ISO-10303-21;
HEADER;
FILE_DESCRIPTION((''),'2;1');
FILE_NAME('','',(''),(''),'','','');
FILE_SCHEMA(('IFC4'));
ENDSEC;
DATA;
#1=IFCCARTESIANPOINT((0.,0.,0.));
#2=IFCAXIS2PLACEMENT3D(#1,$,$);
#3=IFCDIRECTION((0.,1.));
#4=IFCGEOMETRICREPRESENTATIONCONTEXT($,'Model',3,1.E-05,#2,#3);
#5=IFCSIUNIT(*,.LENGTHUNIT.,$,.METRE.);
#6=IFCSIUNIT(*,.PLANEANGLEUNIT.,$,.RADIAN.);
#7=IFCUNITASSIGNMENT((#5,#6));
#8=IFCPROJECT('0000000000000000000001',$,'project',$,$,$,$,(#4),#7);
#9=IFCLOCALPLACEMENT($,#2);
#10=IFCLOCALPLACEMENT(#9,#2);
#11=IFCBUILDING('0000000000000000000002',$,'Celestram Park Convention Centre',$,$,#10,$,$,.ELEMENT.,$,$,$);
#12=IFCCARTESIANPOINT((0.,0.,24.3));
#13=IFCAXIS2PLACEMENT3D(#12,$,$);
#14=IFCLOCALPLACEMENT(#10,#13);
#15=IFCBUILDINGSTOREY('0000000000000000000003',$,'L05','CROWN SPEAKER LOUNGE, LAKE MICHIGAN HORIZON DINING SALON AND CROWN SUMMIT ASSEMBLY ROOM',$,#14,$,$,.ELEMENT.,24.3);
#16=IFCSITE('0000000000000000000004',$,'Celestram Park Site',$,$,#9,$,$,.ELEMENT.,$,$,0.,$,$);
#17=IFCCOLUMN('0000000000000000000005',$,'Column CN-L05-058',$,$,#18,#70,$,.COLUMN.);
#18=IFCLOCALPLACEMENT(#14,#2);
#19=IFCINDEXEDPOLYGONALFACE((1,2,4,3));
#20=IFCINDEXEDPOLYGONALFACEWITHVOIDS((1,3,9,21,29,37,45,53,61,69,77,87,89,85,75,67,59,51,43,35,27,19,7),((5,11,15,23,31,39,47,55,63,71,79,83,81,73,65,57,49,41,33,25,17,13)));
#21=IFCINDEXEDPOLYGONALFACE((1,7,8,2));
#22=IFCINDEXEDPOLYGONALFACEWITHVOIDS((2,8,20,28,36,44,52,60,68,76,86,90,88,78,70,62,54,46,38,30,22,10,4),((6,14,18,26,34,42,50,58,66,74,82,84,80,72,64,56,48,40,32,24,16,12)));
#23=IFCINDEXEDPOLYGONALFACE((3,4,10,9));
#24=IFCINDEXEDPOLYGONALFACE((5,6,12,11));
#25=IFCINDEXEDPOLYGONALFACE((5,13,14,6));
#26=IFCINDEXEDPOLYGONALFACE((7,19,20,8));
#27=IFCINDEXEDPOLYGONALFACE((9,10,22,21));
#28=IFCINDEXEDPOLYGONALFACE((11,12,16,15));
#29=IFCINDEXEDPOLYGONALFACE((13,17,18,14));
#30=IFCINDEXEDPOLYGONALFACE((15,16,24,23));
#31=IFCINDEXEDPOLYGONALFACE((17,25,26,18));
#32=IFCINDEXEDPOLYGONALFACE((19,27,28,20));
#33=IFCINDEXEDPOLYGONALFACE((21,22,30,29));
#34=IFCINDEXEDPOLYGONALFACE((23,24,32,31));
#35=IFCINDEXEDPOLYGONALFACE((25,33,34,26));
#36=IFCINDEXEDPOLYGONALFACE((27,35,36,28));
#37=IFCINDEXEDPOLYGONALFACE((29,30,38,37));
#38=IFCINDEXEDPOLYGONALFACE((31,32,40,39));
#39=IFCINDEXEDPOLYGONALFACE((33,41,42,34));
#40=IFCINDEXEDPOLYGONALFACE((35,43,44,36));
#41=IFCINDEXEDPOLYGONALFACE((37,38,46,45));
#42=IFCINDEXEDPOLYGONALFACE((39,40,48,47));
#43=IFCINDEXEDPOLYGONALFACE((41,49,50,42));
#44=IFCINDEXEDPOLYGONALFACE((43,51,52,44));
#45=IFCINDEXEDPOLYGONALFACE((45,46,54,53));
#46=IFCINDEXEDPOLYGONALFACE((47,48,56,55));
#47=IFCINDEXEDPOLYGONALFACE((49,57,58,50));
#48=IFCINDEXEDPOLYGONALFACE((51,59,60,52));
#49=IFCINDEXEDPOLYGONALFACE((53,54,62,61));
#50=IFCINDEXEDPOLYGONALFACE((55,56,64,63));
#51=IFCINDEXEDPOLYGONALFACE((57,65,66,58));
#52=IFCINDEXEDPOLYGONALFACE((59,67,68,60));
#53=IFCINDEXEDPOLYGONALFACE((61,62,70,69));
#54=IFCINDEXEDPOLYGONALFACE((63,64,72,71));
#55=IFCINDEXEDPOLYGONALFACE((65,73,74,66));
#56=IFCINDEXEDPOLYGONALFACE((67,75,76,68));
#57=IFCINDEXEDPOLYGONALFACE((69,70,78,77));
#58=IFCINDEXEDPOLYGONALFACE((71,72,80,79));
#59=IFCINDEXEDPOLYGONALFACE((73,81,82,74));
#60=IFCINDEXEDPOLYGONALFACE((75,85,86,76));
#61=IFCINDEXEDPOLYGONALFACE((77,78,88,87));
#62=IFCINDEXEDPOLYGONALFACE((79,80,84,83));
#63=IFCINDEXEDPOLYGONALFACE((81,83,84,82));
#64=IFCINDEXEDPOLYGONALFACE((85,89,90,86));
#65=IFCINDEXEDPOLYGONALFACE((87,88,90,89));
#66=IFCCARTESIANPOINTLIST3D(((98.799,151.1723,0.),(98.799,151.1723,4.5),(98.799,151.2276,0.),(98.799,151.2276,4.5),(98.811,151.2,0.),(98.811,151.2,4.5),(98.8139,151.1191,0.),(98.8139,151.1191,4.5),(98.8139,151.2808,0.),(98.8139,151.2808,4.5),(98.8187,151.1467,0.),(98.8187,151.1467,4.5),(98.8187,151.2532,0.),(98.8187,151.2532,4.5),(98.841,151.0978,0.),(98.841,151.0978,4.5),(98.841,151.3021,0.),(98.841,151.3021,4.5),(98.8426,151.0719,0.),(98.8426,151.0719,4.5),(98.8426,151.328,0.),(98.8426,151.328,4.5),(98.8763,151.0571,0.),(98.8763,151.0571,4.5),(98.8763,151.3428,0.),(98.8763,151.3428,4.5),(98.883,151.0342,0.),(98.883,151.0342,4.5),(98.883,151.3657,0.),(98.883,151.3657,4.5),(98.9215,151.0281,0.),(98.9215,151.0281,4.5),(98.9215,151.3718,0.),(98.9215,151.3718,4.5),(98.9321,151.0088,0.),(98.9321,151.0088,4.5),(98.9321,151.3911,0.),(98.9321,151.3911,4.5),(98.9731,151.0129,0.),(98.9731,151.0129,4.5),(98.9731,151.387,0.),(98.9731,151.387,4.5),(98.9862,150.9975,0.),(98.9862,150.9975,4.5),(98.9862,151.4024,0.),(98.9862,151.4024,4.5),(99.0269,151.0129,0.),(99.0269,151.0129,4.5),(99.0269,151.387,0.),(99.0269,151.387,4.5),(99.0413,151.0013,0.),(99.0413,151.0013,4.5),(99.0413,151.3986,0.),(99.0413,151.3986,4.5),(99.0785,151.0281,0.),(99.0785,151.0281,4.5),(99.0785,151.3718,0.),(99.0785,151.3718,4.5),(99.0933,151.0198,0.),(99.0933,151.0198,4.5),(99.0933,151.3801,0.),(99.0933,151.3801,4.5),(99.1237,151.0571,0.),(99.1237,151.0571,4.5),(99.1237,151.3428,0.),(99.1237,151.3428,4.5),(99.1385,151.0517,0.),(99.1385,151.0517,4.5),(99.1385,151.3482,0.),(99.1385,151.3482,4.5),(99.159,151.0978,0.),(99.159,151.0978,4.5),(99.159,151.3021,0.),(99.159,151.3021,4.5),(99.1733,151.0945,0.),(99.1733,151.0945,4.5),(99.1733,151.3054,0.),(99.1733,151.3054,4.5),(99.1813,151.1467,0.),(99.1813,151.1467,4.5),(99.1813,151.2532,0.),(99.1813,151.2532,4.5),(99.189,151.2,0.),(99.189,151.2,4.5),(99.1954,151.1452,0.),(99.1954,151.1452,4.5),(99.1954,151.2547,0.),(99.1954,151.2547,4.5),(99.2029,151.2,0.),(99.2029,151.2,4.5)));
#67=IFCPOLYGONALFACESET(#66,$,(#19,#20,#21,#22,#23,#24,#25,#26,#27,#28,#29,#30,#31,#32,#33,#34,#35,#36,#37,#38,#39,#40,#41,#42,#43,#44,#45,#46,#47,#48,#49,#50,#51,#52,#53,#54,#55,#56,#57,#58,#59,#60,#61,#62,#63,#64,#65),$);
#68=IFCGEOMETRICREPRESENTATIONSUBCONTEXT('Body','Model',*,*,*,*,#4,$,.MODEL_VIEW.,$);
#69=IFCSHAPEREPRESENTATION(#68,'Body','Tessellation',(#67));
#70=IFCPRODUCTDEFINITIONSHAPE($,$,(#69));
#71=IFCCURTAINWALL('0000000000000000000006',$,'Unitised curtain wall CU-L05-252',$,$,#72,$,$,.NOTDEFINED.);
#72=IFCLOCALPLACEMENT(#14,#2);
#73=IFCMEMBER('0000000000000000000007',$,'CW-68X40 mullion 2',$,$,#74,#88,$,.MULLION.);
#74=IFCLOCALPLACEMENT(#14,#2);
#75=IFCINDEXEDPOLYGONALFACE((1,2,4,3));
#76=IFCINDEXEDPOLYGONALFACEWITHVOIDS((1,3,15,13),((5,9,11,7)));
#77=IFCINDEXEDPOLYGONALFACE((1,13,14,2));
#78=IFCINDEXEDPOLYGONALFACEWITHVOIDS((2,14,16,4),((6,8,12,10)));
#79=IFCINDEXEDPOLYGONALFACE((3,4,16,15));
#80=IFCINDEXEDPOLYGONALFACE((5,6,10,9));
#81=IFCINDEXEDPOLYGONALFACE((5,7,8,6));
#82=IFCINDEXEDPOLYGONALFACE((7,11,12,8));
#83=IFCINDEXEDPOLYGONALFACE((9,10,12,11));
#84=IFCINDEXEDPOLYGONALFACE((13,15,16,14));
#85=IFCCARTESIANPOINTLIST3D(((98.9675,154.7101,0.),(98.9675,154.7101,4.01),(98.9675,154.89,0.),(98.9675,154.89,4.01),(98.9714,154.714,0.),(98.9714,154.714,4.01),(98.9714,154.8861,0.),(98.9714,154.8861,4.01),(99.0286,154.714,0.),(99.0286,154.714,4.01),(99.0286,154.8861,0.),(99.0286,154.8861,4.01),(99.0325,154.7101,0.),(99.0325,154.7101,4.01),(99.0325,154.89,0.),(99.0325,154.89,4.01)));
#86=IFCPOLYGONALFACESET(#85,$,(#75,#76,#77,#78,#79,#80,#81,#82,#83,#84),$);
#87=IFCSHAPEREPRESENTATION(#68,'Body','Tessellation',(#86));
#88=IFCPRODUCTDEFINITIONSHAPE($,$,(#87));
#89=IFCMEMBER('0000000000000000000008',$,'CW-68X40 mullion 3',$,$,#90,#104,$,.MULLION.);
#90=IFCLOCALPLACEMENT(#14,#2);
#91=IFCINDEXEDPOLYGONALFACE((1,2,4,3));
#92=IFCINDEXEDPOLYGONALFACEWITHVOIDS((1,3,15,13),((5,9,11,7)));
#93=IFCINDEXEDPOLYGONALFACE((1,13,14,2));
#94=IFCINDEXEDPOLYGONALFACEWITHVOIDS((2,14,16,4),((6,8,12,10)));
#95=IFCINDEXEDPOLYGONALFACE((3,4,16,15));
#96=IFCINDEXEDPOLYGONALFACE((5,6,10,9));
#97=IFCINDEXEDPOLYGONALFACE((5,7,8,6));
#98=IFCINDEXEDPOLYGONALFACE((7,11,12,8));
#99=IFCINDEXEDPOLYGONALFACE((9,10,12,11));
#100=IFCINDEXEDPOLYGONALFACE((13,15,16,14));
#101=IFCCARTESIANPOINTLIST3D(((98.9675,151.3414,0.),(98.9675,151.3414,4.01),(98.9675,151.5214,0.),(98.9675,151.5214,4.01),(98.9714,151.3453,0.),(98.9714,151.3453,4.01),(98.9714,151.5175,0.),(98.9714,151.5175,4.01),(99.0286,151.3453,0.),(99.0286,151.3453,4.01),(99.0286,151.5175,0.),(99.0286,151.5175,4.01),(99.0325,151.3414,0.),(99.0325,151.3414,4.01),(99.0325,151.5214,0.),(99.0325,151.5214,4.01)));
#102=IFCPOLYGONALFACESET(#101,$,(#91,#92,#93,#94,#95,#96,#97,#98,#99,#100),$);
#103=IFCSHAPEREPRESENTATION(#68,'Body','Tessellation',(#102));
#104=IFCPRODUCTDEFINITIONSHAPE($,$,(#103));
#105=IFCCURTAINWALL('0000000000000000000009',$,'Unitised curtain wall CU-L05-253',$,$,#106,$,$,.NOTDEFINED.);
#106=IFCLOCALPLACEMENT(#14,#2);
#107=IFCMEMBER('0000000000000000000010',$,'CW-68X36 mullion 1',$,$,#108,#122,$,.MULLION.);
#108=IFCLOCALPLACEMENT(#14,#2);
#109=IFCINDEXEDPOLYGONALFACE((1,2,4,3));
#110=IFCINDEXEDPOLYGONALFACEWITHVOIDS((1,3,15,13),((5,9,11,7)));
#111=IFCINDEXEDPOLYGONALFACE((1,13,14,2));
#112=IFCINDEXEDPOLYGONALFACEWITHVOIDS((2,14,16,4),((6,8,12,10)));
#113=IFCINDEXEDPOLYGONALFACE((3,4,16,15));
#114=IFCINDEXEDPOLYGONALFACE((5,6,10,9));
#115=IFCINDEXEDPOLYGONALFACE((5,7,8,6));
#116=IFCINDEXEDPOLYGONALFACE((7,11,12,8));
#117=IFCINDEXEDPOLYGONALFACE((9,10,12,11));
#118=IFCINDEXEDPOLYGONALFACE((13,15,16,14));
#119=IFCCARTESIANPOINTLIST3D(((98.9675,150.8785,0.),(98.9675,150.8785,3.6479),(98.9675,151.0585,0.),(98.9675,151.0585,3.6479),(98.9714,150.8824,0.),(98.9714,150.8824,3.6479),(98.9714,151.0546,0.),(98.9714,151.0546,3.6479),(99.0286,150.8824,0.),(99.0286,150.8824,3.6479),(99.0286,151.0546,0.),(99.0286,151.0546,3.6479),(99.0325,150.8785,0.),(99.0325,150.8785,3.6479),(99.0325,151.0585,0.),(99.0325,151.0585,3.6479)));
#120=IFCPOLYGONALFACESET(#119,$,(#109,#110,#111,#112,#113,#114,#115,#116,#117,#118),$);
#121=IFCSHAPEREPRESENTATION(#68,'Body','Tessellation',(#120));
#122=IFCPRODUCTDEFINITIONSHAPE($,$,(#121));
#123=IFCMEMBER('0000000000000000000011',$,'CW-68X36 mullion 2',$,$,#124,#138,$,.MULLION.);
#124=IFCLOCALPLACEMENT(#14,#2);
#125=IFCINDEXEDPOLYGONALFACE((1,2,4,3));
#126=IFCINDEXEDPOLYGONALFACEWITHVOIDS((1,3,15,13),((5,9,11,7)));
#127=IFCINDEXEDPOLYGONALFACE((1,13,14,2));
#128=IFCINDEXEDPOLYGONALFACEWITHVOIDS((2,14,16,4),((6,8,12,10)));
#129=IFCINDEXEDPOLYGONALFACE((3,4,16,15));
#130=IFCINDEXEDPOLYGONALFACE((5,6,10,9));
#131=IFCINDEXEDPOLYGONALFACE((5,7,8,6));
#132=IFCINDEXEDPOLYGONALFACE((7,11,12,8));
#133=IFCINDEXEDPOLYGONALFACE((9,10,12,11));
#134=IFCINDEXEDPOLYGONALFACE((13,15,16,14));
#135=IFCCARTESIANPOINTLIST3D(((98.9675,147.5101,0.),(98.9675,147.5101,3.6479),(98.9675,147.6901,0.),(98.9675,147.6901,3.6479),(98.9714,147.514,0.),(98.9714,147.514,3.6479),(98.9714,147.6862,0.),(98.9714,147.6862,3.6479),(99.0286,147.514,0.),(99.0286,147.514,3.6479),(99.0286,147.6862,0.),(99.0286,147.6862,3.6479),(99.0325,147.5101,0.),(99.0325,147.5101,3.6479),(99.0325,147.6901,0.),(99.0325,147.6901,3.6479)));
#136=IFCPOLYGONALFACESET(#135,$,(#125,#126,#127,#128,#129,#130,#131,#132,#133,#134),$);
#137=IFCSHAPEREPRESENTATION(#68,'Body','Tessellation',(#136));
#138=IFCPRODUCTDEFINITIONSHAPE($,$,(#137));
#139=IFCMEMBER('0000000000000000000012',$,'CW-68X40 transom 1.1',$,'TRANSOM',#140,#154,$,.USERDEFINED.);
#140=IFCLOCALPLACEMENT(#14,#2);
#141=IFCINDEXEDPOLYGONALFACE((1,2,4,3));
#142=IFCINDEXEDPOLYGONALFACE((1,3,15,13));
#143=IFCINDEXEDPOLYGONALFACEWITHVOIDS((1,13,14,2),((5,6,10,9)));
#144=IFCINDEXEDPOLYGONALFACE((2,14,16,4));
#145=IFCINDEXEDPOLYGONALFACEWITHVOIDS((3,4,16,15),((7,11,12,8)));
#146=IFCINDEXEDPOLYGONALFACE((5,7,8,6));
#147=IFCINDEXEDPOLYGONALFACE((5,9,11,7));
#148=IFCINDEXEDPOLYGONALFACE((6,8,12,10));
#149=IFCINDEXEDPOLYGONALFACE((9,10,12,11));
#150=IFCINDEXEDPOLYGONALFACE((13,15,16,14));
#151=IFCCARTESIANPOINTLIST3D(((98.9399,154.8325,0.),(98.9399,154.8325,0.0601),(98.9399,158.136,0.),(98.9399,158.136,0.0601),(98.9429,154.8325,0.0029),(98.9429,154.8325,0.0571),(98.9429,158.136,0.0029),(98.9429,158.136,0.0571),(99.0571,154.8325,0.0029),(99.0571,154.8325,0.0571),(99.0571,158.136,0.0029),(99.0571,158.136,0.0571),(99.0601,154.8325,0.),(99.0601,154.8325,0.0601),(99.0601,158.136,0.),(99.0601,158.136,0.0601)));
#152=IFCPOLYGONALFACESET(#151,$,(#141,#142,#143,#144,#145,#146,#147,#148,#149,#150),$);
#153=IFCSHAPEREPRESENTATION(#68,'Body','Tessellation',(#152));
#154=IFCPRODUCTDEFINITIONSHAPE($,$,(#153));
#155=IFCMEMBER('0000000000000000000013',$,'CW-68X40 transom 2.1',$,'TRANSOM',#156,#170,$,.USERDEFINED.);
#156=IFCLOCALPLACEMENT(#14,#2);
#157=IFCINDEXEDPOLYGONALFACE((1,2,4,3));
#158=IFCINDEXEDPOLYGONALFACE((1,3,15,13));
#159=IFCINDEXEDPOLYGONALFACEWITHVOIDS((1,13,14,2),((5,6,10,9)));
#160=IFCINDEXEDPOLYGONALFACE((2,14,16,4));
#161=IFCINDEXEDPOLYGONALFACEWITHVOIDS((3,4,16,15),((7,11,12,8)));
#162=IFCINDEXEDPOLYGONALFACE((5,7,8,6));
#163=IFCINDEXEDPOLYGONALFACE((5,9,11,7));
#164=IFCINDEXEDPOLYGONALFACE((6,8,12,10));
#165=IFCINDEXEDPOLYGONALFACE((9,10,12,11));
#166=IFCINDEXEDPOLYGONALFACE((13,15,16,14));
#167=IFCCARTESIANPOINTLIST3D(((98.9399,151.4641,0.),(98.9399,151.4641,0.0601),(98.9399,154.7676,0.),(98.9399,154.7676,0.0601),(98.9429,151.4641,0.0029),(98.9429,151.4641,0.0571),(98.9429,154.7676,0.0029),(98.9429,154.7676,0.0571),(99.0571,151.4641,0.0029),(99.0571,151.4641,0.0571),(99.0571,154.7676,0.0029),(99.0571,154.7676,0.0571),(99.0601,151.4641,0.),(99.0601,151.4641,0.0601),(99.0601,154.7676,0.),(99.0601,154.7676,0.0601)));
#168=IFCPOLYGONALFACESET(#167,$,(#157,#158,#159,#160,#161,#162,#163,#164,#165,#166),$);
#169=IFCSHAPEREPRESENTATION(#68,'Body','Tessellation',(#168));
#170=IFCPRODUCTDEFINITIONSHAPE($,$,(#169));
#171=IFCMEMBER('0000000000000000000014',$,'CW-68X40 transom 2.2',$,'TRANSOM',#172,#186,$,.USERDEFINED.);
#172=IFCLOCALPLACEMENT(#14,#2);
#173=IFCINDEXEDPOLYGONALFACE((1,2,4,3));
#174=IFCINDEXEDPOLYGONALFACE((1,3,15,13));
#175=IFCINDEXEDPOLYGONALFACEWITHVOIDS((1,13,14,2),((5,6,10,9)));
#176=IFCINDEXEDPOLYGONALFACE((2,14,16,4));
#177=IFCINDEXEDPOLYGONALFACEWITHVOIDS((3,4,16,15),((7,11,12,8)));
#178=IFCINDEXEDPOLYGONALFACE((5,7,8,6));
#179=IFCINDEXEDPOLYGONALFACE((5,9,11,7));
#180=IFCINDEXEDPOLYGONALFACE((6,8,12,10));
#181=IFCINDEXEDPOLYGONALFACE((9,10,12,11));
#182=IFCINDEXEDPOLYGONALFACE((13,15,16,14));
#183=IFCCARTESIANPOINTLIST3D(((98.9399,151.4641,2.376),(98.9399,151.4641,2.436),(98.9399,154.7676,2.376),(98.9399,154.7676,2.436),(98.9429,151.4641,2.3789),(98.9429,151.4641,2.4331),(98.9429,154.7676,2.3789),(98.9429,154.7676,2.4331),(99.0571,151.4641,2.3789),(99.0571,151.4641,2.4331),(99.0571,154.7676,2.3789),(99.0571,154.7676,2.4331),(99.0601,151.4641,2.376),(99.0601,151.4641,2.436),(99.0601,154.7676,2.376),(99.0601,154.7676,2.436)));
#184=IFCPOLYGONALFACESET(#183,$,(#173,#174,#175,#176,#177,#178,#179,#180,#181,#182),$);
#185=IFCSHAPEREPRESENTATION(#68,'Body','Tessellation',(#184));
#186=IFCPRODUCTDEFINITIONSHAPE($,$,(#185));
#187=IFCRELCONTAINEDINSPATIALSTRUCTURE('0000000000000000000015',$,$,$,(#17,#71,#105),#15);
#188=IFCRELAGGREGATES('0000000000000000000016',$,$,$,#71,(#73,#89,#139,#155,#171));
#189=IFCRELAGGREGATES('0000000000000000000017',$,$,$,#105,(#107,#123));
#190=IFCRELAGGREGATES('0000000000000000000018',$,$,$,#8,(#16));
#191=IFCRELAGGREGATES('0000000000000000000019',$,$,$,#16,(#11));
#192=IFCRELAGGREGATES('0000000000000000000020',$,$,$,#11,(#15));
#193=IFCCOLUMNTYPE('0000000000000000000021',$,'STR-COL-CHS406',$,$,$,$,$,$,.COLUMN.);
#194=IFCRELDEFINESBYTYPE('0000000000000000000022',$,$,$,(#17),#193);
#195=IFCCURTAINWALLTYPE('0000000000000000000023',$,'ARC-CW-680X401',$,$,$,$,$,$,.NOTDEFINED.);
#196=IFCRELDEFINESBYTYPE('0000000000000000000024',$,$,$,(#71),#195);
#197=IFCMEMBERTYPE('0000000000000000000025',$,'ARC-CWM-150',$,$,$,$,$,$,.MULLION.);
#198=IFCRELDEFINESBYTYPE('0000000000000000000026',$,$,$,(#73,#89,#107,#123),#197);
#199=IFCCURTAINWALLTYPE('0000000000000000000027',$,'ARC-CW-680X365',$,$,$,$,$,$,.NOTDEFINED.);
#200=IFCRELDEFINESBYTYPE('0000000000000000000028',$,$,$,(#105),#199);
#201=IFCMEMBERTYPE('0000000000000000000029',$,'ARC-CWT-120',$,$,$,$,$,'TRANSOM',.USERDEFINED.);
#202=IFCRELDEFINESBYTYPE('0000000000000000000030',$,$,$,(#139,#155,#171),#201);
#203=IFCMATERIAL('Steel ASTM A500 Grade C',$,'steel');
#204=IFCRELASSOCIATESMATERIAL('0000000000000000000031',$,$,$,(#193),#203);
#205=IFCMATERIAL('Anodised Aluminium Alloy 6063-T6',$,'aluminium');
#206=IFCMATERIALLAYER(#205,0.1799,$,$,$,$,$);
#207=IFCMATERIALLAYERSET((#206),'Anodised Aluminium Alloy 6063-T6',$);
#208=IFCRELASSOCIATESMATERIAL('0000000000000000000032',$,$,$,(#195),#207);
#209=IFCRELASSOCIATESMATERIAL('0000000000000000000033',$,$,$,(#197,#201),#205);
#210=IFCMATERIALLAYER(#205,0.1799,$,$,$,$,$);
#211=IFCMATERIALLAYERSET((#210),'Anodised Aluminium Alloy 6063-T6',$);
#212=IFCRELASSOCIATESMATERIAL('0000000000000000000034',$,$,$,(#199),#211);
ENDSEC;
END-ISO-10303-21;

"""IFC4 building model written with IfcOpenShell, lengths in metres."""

from ifc_helpers import new_model, si_unit, direction, frame, origin, origin_2d, place, context, subcontext, project, spatial, hollow_rectangle, hollow_circle, extrude, material, layer, layer_set, material_profile, profile_set, type_object, element, aggregate, save


model = new_model("IFC4")

# Units and contexts
model_context = context("Model", 3, precision=1e-05, world=origin(), true_north=direction((0.0, 1.0)))
body_context = subcontext(model_context, "Body", "Model", "MODEL_VIEW")
ifc_project = project(units=[si_unit("LENGTHUNIT", "METRE"), si_unit("PLANEANGLEUNIT", "RADIAN")], contexts=[model_context])

# Site, building, storey
site_placement = place(None, origin())
site = spatial("IfcSite", under=ifc_project, at=site_placement, Name="Celestram Park Site", CompositionType="ELEMENT", RefElevation=0.0)
building_placement = place(site_placement, origin())
building = spatial("IfcBuilding", under=site, at=building_placement, Name="Celestram Park Convention Centre", CompositionType="ELEMENT")
storey_placement = place(building_placement, frame((0.0, 0.0, 24.3)))
storey = spatial("IfcBuildingStorey", under=building, at=storey_placement, Name="L05", Description="CROWN SPEAKER LOUNGE, LAKE MICHIGAN HORIZON DINING SALON AND CROWN SUMMIT ASSEMBLY ROOM", CompositionType="ELEMENT", Elevation=24.3)

# Column
ifc_material_1 = material(Name="Steel ASTM A500 Grade C", Category="steel")
ifc_material_profile_1 = material_profile(ifc_material_1, hollow_circle(Radius=0.2029, WallThickness=0.0139, at=origin_2d()), Name="CHS406X14")
ifc_profile_set_1 = profile_set([ifc_material_profile_1], Name="Steel ASTM A500 Grade C")
column_type = type_object("IfcColumnType", Name="STR-COL-CHS406", PredefinedType="COLUMN", material=ifc_profile_set_1)
column_placement = place(storey_placement, frame((99.0, 151.2, 0.0), z_axis=(0.0, 0.0, 1.0), x_axis=(1.0, 0.0, 0.0)))
element("IfcColumn", 1, at=column_placement, inside=storey, type_object=column_type, Name="Column CN-L05-058", PredefinedType="COLUMN", context=body_context, shape_type="SweptSolid", body=[
    extrude(hollow_circle(Radius=0.2029, WallThickness=0.0139, at=origin_2d()), origin(), (0.0, 0.0, 1.0), 4.5),
])

# Curtain walls, members
ifc_material_2 = material(Name="Anodised Aluminium Alloy 6063-T6", Category="aluminium")
ifc_layer_1 = layer(ifc_material_2, 0.1799)
ifc_layer_set_1 = layer_set([ifc_layer_1], Name="Anodised Aluminium Alloy 6063-T6")
curtain_wall_type_1 = type_object("IfcCurtainWallType", Name="ARC-CW-680X401", PredefinedType="NOTDEFINED", material=ifc_layer_set_1)
curtain_wall_1_placement = place(storey_placement, origin())
curtain_wall_1 = element("IfcCurtainWall", 2, at=curtain_wall_1_placement, inside=storey, type_object=curtain_wall_type_1, Name="Unitised curtain wall CU-L05-252", PredefinedType="NOTDEFINED")
ifc_material_profile_2 = material_profile(ifc_material_2, hollow_rectangle(XDim=0.0649, YDim=0.1799, WallThickness=0.0039, at=origin_2d()), Name="ALU65X180X4")
ifc_profile_set_2 = profile_set([ifc_material_profile_2], Name="Anodised Aluminium Alloy 6063-T6")
member_type_1 = type_object("IfcMemberType", Name="ARC-CWM-150", PredefinedType="MULLION", material=ifc_profile_set_2)
member_1_placement = place(storey_placement, frame((99.0, 154.8, 0.0), z_axis=(0.0, 0.0, 1.0), x_axis=(1.0, 0.0, 0.0)))
member_1 = element("IfcMember", 3, at=member_1_placement, type_object=member_type_1, Name="CW-68X40 mullion 2", PredefinedType="MULLION", context=body_context, shape_type="SweptSolid", body=[
    extrude(hollow_rectangle(XDim=0.0649, YDim=0.1799, WallThickness=0.0039, at=origin_2d()), origin(), (0.0, 0.0, 1.0), 4.01),
])
member_2_placement = place(storey_placement, frame((99.0, 151.4314, 0.0), z_axis=(0.0, 0.0, 1.0), x_axis=(1.0, 0.0, 0.0)))
member_2 = element("IfcMember", 4, at=member_2_placement, type_object=member_type_1, Name="CW-68X40 mullion 3", PredefinedType="MULLION", context=body_context, shape_type="SweptSolid", body=[
    extrude(hollow_rectangle(XDim=0.0649, YDim=0.1799, WallThickness=0.0039, at=origin_2d()), origin(), (0.0, 0.0, 1.0), 4.01),
])
ifc_layer_2 = layer(ifc_material_2, 0.1799)
ifc_layer_set_2 = layer_set([ifc_layer_2], Name="Anodised Aluminium Alloy 6063-T6")
curtain_wall_type_2 = type_object("IfcCurtainWallType", Name="ARC-CW-680X365", PredefinedType="NOTDEFINED", material=ifc_layer_set_2)
curtain_wall_2_placement = place(storey_placement, origin())
curtain_wall_2 = element("IfcCurtainWall", 5, at=curtain_wall_2_placement, inside=storey, type_object=curtain_wall_type_2, Name="Unitised curtain wall CU-L05-253", PredefinedType="NOTDEFINED")
member_3_placement = place(storey_placement, frame((99.0, 150.9685, 0.0), z_axis=(0.0, 0.0, 1.0), x_axis=(1.0, 0.0, 0.0)))
member_3 = element("IfcMember", 6, at=member_3_placement, type_object=member_type_1, Name="CW-68X36 mullion 1", PredefinedType="MULLION", context=body_context, shape_type="SweptSolid", body=[
    extrude(hollow_rectangle(XDim=0.0649, YDim=0.1799, WallThickness=0.0039, at=origin_2d()), origin(), (0.0, 0.0, 1.0), 3.6479),
])
member_4_placement = place(storey_placement, frame((99.0, 147.6001, 0.0), z_axis=(0.0, 0.0, 1.0), x_axis=(1.0, 0.0, 0.0)))
member_4 = element("IfcMember", 7, at=member_4_placement, type_object=member_type_1, Name="CW-68X36 mullion 2", PredefinedType="MULLION", context=body_context, shape_type="SweptSolid", body=[
    extrude(hollow_rectangle(XDim=0.0649, YDim=0.1799, WallThickness=0.0039, at=origin_2d()), origin(), (0.0, 0.0, 1.0), 3.6479),
])

# Members
ifc_material_profile_3 = material_profile(ifc_material_2, hollow_rectangle(XDim=0.1201, YDim=0.0601, WallThickness=0.0029, at=origin_2d()), Name="ALU120X60X3")
ifc_profile_set_3 = profile_set([ifc_material_profile_3], Name="Anodised Aluminium Alloy 6063-T6")
member_type_2 = type_object("IfcMemberType", Name="ARC-CWT-120", ElementType="TRANSOM", PredefinedType="USERDEFINED", material=ifc_profile_set_3)
member_5_placement = place(storey_placement, frame((99.0, 158.136, 0.03), z_axis=(0.0, -1.0, 0.0), x_axis=(1.0, 0.0, 0.0)))
member_5 = element("IfcMember", 8, at=member_5_placement, type_object=member_type_2, Name="CW-68X40 transom 1.1", ObjectType="TRANSOM", PredefinedType="USERDEFINED", context=body_context, shape_type="SweptSolid", body=[
    extrude(hollow_rectangle(XDim=0.1201, YDim=0.0601, WallThickness=0.0029, at=origin_2d()), origin(), (0.0, 0.0, 1.0), 3.3035),
])
member_6_placement = place(storey_placement, frame((99.0, 154.7676, 0.03), z_axis=(0.0, -1.0, 0.0), x_axis=(1.0, 0.0, 0.0)))
member_6 = element("IfcMember", 9, at=member_6_placement, type_object=member_type_2, Name="CW-68X40 transom 2.1", ObjectType="TRANSOM", PredefinedType="USERDEFINED", context=body_context, shape_type="SweptSolid", body=[
    extrude(hollow_rectangle(XDim=0.1201, YDim=0.0601, WallThickness=0.0029, at=origin_2d()), origin(), (0.0, 0.0, 1.0), 3.3035),
])
member_7_placement = place(storey_placement, frame((99.0, 154.7676, 2.406), z_axis=(0.0, -1.0, 0.0), x_axis=(1.0, 0.0, 0.0)))
member_7 = element("IfcMember", 10, at=member_7_placement, type_object=member_type_2, Name="CW-68X40 transom 2.2", ObjectType="TRANSOM", PredefinedType="USERDEFINED", context=body_context, shape_type="SweptSolid", body=[
    extrude(hollow_rectangle(XDim=0.1201, YDim=0.0601, WallThickness=0.0029, at=origin_2d()), origin(), (0.0, 0.0, 1.0), 3.3035),
])

aggregate(curtain_wall_1, [member_1, member_2, member_5, member_6, member_7])
aggregate(curtain_wall_2, [member_3, member_4])

save(model, "model.ifc")
